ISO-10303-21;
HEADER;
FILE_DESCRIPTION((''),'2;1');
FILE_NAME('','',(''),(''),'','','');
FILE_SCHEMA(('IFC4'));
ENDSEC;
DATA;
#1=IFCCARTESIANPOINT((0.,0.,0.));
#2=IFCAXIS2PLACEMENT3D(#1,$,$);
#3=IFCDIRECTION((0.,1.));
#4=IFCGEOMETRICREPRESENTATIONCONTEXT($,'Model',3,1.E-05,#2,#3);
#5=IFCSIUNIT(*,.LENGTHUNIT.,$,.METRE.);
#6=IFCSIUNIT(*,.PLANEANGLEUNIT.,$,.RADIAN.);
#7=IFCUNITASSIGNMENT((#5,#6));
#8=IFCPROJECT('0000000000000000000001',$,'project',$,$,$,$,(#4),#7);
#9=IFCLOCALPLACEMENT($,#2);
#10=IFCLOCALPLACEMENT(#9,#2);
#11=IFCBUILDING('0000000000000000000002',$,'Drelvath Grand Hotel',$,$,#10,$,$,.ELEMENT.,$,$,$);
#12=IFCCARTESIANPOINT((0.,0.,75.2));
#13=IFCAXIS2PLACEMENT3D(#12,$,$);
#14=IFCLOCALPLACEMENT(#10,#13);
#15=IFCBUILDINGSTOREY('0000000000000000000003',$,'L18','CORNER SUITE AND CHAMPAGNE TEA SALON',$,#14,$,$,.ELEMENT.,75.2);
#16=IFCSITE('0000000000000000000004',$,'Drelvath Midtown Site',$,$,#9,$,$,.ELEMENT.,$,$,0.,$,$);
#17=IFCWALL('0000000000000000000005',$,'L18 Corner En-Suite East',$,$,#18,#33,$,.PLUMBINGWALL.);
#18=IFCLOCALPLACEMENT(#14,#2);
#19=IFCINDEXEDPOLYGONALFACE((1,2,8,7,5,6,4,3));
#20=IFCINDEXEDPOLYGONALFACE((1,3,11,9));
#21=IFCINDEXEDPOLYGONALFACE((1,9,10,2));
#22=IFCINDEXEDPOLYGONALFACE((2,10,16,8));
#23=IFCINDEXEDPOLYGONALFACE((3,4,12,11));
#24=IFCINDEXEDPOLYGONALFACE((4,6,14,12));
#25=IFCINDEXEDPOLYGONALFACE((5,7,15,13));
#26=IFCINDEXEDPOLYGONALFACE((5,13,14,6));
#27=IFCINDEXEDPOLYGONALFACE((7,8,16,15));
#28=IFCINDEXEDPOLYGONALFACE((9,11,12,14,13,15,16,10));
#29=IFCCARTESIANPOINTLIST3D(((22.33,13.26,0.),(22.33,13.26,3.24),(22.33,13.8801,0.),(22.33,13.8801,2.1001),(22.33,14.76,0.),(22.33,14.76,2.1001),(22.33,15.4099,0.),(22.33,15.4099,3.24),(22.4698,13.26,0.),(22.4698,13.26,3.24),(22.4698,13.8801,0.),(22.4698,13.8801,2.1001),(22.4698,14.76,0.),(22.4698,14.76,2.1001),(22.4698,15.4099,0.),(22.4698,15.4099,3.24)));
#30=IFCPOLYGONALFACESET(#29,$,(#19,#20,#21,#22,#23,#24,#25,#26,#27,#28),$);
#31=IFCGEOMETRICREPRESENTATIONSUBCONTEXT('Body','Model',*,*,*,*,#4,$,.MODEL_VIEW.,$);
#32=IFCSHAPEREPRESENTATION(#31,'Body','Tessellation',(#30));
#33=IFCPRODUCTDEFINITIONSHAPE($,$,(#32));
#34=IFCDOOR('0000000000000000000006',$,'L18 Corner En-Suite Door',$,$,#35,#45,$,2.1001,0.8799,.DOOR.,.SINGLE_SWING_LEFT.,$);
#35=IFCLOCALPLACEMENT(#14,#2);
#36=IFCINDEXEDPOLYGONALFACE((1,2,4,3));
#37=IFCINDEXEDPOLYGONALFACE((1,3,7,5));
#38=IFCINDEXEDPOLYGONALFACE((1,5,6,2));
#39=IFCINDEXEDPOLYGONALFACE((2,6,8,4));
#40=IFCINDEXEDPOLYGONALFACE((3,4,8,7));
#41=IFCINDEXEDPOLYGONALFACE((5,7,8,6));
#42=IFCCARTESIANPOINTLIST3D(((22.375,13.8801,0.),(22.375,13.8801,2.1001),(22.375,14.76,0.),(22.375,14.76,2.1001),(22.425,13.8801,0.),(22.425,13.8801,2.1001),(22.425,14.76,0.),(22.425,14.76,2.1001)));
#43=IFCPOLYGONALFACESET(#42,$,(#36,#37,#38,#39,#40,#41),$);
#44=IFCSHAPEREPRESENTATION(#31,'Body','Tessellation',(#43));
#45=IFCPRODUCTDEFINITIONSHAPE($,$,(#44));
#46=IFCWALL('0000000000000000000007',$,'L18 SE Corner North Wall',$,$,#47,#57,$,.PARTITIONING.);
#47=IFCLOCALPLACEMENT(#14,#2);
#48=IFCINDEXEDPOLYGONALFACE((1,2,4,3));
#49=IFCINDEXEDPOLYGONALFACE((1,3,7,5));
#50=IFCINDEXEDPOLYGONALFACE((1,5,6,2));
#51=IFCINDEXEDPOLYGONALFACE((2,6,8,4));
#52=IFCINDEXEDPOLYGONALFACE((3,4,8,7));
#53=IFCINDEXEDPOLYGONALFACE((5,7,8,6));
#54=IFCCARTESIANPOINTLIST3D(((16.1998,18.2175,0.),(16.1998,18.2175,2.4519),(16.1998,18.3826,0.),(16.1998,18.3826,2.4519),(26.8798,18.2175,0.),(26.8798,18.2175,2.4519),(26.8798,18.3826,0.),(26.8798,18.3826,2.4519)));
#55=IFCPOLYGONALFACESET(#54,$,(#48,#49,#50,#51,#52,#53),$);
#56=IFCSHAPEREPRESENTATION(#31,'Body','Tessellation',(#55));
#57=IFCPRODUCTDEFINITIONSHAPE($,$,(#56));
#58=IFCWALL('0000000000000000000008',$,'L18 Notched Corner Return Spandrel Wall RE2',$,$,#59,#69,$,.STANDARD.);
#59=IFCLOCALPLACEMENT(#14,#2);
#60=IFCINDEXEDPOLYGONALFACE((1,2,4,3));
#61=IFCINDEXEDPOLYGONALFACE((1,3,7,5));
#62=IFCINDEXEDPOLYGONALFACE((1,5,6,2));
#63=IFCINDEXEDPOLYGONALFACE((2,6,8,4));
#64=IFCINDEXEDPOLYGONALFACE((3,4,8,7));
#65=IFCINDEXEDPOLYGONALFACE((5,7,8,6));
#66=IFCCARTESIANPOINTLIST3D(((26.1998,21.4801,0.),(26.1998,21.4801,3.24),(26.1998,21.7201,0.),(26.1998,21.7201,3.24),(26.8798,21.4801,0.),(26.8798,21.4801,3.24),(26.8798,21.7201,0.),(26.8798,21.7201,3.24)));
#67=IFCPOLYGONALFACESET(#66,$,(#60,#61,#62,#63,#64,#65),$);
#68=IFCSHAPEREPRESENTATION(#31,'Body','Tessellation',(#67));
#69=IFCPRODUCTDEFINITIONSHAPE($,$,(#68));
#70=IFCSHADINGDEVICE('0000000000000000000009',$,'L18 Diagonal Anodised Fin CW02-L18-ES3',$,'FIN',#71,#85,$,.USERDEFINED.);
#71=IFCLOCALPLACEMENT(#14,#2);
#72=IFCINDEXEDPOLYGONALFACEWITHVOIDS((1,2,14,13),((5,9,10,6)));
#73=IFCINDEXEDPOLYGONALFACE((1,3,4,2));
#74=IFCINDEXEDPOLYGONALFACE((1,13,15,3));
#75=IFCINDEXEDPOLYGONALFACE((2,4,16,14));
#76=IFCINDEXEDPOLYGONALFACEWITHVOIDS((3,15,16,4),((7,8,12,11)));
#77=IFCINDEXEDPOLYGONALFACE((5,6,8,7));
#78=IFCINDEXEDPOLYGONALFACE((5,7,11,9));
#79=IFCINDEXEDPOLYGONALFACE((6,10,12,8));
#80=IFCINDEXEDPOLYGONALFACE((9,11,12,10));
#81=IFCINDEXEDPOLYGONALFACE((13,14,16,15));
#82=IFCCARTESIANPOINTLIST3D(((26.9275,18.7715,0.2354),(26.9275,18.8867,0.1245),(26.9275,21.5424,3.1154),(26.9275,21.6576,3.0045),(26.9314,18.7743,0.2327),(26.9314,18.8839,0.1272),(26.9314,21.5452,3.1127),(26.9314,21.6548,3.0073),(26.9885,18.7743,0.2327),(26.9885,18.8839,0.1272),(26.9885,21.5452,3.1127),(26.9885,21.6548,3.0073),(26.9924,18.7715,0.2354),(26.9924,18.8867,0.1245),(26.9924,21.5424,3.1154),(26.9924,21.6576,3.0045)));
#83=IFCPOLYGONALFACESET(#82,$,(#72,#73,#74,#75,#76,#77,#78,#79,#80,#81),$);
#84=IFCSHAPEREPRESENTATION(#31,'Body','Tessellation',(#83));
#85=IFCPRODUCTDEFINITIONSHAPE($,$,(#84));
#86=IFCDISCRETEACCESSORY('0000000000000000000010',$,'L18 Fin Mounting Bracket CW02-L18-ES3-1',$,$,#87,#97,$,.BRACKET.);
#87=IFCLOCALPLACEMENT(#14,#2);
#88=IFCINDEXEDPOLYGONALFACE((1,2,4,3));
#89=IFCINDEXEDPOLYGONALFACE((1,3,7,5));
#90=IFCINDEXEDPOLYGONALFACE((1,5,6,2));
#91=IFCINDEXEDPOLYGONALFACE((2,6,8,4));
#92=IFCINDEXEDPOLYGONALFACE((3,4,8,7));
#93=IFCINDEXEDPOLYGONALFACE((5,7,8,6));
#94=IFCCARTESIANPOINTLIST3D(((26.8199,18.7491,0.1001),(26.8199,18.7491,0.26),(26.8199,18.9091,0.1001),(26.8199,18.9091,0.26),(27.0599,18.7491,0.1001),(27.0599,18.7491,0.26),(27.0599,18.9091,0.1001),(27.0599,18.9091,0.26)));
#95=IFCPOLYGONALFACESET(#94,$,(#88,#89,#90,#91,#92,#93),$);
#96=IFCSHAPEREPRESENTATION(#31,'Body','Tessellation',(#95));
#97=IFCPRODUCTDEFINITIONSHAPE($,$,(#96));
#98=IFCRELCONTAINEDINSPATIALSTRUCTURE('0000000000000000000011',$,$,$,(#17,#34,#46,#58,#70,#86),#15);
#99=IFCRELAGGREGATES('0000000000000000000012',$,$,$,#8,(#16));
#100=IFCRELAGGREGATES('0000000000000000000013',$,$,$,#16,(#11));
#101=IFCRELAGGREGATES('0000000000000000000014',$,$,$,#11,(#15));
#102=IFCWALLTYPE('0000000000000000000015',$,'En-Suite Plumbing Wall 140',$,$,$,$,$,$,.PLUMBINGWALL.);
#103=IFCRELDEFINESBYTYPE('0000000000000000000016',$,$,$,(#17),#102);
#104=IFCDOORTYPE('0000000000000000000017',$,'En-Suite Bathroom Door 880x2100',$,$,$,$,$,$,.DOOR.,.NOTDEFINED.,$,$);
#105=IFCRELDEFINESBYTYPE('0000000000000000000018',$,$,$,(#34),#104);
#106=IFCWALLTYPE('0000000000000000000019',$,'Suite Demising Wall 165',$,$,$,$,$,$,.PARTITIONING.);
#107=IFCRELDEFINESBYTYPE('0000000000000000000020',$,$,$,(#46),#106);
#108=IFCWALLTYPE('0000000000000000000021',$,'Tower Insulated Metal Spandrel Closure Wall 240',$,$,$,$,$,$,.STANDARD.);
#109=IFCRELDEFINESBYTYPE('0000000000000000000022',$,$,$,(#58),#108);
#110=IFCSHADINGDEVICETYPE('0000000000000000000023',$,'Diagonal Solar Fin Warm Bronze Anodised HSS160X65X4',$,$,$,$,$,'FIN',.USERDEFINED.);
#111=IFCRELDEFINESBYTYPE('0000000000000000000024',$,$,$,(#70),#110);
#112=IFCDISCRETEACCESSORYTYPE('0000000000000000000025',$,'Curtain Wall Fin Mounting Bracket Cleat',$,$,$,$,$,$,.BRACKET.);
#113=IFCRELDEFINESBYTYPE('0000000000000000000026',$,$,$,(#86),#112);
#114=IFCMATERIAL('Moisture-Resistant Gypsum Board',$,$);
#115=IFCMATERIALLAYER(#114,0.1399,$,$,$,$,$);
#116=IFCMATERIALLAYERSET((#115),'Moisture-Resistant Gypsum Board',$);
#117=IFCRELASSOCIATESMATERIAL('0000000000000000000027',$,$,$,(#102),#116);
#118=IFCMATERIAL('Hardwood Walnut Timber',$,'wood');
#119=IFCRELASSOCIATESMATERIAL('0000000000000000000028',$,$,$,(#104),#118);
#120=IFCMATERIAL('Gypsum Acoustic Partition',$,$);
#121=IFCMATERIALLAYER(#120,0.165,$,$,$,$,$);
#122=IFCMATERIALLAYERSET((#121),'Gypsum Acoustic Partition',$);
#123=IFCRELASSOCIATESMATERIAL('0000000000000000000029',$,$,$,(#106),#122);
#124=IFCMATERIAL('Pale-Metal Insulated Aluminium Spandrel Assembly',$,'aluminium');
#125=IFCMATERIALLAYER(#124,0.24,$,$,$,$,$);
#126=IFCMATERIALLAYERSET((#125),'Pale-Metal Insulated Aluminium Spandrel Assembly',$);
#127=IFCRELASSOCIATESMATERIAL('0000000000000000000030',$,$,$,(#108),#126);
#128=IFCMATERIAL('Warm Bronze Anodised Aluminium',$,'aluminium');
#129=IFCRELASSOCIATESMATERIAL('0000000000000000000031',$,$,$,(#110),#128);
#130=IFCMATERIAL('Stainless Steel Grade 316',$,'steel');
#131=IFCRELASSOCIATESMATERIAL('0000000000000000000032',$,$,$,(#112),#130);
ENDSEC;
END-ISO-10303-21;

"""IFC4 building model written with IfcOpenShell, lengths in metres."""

from ifc_helpers import new_model, si_unit, direction, frame, frame_2d, origin, origin_2d, place, context, subcontext, project, spatial, rectangle, hollow_rectangle, extrude, material, layer, layer_set, material_profile, profile_set, type_object, element, fill, save


model = new_model("IFC4")

# Units and contexts
model_context = context("Model", 3, precision=1e-05, world=origin(), true_north=direction((0.0, 1.0)))
body_context = subcontext(model_context, "Body", "Model", "MODEL_VIEW")
ifc_project = project(units=[si_unit("LENGTHUNIT", "METRE"), si_unit("PLANEANGLEUNIT", "RADIAN")], contexts=[model_context])

# Site, building, storey
site_placement = place(None, origin())
site = spatial("IfcSite", under=ifc_project, at=site_placement, Name="Drelvath Midtown Site", CompositionType="ELEMENT", RefElevation=0.0)
building_placement = place(site_placement, origin())
building = spatial("IfcBuilding", under=site, at=building_placement, Name="Drelvath Grand Hotel", CompositionType="ELEMENT")
storey_placement = place(building_placement, frame((0.0, 0.0, 75.2)))
storey = spatial("IfcBuildingStorey", under=building, at=storey_placement, Name="L18", Description="CORNER SUITE AND CHAMPAGNE TEA SALON", CompositionType="ELEMENT", Elevation=75.2)

# Shared definitions
ifc_material_1 = material(Name="Hardwood Walnut Timber", Category="wood")

# Shared definitions
ifc_material_2 = material(Name="Moisture-Resistant Gypsum Board")
ifc_layer_1 = layer(ifc_material_2, 0.1399)
ifc_layer_set_1 = layer_set([ifc_layer_1], Name="Moisture-Resistant Gypsum Board")
wall_type_1 = type_object("IfcWallType", Name="En-Suite Plumbing Wall 140", PredefinedType="PLUMBINGWALL", material=ifc_layer_set_1)

# Wall, opening, door
wall_1_placement = place(storey_placement, frame((22.3999, 13.26, 0.0), z_axis=(0.0, 0.0, 1.0), x_axis=(0.0, 1.0, 0.0)))
wall_1 = element("IfcWall", 1, at=wall_1_placement, inside=storey, type_object=wall_type_1, Name="L18 Corner En-Suite East", PredefinedType="PLUMBINGWALL", context=body_context, shape_type="SweptSolid", body=[
    extrude(rectangle(XDim=2.1499, YDim=0.1399, at=frame_2d((1.075, 0.0))), origin(), (0.0, 0.0, 1.0), 3.24),
])
opening_1_placement = place(wall_1_placement, frame((0.6201, 0.0, 0.0)))
opening_1 = element("IfcOpeningElement", 2, at=opening_1_placement, cuts=wall_1, PredefinedType="OPENING", context=body_context, shape_type="SweptSolid", body=[
    extrude(rectangle(XDim=0.8799, YDim=2.1001, at=frame_2d((0.4399, 1.05))), frame((0.0, 0.0798, 0.0), z_axis=(0.0, -1.0, 0.0), x_axis=(1.0, 0.0, 0.0)), (0.0, 0.0, 1.0), 0.1599),
])
door_type_1 = type_object("IfcDoorType", Name="En-Suite Bathroom Door 880x2100", OperationType="NOTDEFINED", PredefinedType="DOOR", material=ifc_material_1)
door_1_placement = place(opening_1_placement, origin())
door_1 = element("IfcDoor", 3, at=door_1_placement, inside=storey, type_object=door_type_1, Name="L18 Corner En-Suite Door", OperationType="SINGLE_SWING_LEFT", OverallHeight=2.1001, OverallWidth=0.8799, PredefinedType="DOOR", context=body_context, shape_type="SweptSolid", body=[
    extrude(rectangle(XDim=0.8799, YDim=2.1001, at=frame_2d((0.4399, 1.05))), frame((0.0, 0.0249, 0.0), z_axis=(0.0, -1.0, 0.0), x_axis=(1.0, 0.0, 0.0)), (0.0, 0.0, 1.0), 0.05),
])
fill(opening_1, door_1)

# Walls
ifc_material_3 = material(Name="Gypsum Acoustic Partition")
ifc_layer_2 = layer(ifc_material_3, 0.165)
ifc_layer_set_2 = layer_set([ifc_layer_2], Name="Gypsum Acoustic Partition")
wall_type_2 = type_object("IfcWallType", Name="Suite Demising Wall 165", PredefinedType="PARTITIONING", material=ifc_layer_set_2)
wall_2_placement = place(storey_placement, frame((16.2, 18.3, 0.0), z_axis=(0.0, 0.0, 1.0), x_axis=(1.0, 0.0, 0.0)))
element("IfcWall", 4, at=wall_2_placement, inside=storey, type_object=wall_type_2, Name="L18 SE Corner North Wall", PredefinedType="PARTITIONING", context=body_context, shape_type="SweptSolid", body=[
    extrude(rectangle(XDim=10.6799, YDim=0.165, at=frame_2d((5.3398, 0.0))), origin(), (0.0, 0.0, 1.0), 2.4519),
])
ifc_material_4 = material(Name="Pale-Metal Insulated Aluminium Spandrel Assembly", Category="aluminium")
ifc_layer_3 = layer(ifc_material_4, 0.24)
ifc_layer_set_3 = layer_set([ifc_layer_3], Name="Pale-Metal Insulated Aluminium Spandrel Assembly")
wall_type_3 = type_object("IfcWallType", Name="Tower Insulated Metal Spandrel Closure Wall 240", PredefinedType="STANDARD", material=ifc_layer_set_3)
wall_3_placement = place(storey_placement, frame((26.2, 21.6001, 0.0), z_axis=(0.0, 0.0, 1.0), x_axis=(1.0, 0.0, 0.0)))
element("IfcWall", 5, at=wall_3_placement, inside=storey, type_object=wall_type_3, Name="L18 Notched Corner Return Spandrel Wall RE2", PredefinedType="STANDARD", context=body_context, shape_type="SweptSolid", body=[
    extrude(rectangle(XDim=0.6799, YDim=0.24, at=frame_2d((0.3398, 0.0))), origin(), (0.0, 0.0, 1.0), 3.24),
])

# Shading device
ifc_material_5 = material(Name="Warm Bronze Anodised Aluminium", Category="aluminium")
ifc_material_profile_1 = material_profile(ifc_material_5, hollow_rectangle(XDim=0.0649, YDim=0.1599, WallThickness=0.0039, at=origin_2d()), Name="HSS160X65X4")
ifc_profile_set_1 = profile_set([ifc_material_profile_1], Name="Warm Bronze Anodised Aluminium")
shading_device_type = type_object("IfcShadingDeviceType", Name="Diagonal Solar Fin Warm Bronze Anodised HSS160X65X4", ElementType="FIN", PredefinedType="USERDEFINED", material=ifc_profile_set_1)
shading_device_placement = place(storey_placement, frame((26.96, 18.8291, 0.1799), z_axis=(0.0, 0.693322, 0.720628), x_axis=(-1.0, 0.0, 0.0)))
element("IfcShadingDevice", 6, at=shading_device_placement, inside=storey, type_object=shading_device_type, Name="L18 Diagonal Anodised Fin CW02-L18-ES3", ObjectType="FIN", PredefinedType="USERDEFINED", context=body_context, shape_type="SweptSolid", body=[
    extrude(hollow_rectangle(XDim=0.0649, YDim=0.1599, WallThickness=0.0039, at=origin_2d()), origin(), (0.0, 0.0, 1.0), 3.9966),
])

# Discrete accessory
ifc_material_6 = material(Name="Stainless Steel Grade 316", Category="steel")
discrete_accessory_type = type_object("IfcDiscreteAccessoryType", Name="Curtain Wall Fin Mounting Bracket Cleat", PredefinedType="BRACKET", material=ifc_material_6)
discrete_accessory_placement = place(storey_placement, frame((26.9399, 18.8291, 0.1001), z_axis=(0.0, 0.0, 1.0), x_axis=(0.0, -1.0, 0.0)))
element("IfcDiscreteAccessory", 7, at=discrete_accessory_placement, inside=storey, type_object=discrete_accessory_type, Name="L18 Fin Mounting Bracket CW02-L18-ES3-1", PredefinedType="BRACKET", context=body_context, shape_type="SweptSolid", body=[
    extrude(rectangle(XDim=0.1599, YDim=0.24, at=origin_2d()), origin(), (0.0, 0.0, 1.0), 0.1599),
])

save(model, "model.ifc")
